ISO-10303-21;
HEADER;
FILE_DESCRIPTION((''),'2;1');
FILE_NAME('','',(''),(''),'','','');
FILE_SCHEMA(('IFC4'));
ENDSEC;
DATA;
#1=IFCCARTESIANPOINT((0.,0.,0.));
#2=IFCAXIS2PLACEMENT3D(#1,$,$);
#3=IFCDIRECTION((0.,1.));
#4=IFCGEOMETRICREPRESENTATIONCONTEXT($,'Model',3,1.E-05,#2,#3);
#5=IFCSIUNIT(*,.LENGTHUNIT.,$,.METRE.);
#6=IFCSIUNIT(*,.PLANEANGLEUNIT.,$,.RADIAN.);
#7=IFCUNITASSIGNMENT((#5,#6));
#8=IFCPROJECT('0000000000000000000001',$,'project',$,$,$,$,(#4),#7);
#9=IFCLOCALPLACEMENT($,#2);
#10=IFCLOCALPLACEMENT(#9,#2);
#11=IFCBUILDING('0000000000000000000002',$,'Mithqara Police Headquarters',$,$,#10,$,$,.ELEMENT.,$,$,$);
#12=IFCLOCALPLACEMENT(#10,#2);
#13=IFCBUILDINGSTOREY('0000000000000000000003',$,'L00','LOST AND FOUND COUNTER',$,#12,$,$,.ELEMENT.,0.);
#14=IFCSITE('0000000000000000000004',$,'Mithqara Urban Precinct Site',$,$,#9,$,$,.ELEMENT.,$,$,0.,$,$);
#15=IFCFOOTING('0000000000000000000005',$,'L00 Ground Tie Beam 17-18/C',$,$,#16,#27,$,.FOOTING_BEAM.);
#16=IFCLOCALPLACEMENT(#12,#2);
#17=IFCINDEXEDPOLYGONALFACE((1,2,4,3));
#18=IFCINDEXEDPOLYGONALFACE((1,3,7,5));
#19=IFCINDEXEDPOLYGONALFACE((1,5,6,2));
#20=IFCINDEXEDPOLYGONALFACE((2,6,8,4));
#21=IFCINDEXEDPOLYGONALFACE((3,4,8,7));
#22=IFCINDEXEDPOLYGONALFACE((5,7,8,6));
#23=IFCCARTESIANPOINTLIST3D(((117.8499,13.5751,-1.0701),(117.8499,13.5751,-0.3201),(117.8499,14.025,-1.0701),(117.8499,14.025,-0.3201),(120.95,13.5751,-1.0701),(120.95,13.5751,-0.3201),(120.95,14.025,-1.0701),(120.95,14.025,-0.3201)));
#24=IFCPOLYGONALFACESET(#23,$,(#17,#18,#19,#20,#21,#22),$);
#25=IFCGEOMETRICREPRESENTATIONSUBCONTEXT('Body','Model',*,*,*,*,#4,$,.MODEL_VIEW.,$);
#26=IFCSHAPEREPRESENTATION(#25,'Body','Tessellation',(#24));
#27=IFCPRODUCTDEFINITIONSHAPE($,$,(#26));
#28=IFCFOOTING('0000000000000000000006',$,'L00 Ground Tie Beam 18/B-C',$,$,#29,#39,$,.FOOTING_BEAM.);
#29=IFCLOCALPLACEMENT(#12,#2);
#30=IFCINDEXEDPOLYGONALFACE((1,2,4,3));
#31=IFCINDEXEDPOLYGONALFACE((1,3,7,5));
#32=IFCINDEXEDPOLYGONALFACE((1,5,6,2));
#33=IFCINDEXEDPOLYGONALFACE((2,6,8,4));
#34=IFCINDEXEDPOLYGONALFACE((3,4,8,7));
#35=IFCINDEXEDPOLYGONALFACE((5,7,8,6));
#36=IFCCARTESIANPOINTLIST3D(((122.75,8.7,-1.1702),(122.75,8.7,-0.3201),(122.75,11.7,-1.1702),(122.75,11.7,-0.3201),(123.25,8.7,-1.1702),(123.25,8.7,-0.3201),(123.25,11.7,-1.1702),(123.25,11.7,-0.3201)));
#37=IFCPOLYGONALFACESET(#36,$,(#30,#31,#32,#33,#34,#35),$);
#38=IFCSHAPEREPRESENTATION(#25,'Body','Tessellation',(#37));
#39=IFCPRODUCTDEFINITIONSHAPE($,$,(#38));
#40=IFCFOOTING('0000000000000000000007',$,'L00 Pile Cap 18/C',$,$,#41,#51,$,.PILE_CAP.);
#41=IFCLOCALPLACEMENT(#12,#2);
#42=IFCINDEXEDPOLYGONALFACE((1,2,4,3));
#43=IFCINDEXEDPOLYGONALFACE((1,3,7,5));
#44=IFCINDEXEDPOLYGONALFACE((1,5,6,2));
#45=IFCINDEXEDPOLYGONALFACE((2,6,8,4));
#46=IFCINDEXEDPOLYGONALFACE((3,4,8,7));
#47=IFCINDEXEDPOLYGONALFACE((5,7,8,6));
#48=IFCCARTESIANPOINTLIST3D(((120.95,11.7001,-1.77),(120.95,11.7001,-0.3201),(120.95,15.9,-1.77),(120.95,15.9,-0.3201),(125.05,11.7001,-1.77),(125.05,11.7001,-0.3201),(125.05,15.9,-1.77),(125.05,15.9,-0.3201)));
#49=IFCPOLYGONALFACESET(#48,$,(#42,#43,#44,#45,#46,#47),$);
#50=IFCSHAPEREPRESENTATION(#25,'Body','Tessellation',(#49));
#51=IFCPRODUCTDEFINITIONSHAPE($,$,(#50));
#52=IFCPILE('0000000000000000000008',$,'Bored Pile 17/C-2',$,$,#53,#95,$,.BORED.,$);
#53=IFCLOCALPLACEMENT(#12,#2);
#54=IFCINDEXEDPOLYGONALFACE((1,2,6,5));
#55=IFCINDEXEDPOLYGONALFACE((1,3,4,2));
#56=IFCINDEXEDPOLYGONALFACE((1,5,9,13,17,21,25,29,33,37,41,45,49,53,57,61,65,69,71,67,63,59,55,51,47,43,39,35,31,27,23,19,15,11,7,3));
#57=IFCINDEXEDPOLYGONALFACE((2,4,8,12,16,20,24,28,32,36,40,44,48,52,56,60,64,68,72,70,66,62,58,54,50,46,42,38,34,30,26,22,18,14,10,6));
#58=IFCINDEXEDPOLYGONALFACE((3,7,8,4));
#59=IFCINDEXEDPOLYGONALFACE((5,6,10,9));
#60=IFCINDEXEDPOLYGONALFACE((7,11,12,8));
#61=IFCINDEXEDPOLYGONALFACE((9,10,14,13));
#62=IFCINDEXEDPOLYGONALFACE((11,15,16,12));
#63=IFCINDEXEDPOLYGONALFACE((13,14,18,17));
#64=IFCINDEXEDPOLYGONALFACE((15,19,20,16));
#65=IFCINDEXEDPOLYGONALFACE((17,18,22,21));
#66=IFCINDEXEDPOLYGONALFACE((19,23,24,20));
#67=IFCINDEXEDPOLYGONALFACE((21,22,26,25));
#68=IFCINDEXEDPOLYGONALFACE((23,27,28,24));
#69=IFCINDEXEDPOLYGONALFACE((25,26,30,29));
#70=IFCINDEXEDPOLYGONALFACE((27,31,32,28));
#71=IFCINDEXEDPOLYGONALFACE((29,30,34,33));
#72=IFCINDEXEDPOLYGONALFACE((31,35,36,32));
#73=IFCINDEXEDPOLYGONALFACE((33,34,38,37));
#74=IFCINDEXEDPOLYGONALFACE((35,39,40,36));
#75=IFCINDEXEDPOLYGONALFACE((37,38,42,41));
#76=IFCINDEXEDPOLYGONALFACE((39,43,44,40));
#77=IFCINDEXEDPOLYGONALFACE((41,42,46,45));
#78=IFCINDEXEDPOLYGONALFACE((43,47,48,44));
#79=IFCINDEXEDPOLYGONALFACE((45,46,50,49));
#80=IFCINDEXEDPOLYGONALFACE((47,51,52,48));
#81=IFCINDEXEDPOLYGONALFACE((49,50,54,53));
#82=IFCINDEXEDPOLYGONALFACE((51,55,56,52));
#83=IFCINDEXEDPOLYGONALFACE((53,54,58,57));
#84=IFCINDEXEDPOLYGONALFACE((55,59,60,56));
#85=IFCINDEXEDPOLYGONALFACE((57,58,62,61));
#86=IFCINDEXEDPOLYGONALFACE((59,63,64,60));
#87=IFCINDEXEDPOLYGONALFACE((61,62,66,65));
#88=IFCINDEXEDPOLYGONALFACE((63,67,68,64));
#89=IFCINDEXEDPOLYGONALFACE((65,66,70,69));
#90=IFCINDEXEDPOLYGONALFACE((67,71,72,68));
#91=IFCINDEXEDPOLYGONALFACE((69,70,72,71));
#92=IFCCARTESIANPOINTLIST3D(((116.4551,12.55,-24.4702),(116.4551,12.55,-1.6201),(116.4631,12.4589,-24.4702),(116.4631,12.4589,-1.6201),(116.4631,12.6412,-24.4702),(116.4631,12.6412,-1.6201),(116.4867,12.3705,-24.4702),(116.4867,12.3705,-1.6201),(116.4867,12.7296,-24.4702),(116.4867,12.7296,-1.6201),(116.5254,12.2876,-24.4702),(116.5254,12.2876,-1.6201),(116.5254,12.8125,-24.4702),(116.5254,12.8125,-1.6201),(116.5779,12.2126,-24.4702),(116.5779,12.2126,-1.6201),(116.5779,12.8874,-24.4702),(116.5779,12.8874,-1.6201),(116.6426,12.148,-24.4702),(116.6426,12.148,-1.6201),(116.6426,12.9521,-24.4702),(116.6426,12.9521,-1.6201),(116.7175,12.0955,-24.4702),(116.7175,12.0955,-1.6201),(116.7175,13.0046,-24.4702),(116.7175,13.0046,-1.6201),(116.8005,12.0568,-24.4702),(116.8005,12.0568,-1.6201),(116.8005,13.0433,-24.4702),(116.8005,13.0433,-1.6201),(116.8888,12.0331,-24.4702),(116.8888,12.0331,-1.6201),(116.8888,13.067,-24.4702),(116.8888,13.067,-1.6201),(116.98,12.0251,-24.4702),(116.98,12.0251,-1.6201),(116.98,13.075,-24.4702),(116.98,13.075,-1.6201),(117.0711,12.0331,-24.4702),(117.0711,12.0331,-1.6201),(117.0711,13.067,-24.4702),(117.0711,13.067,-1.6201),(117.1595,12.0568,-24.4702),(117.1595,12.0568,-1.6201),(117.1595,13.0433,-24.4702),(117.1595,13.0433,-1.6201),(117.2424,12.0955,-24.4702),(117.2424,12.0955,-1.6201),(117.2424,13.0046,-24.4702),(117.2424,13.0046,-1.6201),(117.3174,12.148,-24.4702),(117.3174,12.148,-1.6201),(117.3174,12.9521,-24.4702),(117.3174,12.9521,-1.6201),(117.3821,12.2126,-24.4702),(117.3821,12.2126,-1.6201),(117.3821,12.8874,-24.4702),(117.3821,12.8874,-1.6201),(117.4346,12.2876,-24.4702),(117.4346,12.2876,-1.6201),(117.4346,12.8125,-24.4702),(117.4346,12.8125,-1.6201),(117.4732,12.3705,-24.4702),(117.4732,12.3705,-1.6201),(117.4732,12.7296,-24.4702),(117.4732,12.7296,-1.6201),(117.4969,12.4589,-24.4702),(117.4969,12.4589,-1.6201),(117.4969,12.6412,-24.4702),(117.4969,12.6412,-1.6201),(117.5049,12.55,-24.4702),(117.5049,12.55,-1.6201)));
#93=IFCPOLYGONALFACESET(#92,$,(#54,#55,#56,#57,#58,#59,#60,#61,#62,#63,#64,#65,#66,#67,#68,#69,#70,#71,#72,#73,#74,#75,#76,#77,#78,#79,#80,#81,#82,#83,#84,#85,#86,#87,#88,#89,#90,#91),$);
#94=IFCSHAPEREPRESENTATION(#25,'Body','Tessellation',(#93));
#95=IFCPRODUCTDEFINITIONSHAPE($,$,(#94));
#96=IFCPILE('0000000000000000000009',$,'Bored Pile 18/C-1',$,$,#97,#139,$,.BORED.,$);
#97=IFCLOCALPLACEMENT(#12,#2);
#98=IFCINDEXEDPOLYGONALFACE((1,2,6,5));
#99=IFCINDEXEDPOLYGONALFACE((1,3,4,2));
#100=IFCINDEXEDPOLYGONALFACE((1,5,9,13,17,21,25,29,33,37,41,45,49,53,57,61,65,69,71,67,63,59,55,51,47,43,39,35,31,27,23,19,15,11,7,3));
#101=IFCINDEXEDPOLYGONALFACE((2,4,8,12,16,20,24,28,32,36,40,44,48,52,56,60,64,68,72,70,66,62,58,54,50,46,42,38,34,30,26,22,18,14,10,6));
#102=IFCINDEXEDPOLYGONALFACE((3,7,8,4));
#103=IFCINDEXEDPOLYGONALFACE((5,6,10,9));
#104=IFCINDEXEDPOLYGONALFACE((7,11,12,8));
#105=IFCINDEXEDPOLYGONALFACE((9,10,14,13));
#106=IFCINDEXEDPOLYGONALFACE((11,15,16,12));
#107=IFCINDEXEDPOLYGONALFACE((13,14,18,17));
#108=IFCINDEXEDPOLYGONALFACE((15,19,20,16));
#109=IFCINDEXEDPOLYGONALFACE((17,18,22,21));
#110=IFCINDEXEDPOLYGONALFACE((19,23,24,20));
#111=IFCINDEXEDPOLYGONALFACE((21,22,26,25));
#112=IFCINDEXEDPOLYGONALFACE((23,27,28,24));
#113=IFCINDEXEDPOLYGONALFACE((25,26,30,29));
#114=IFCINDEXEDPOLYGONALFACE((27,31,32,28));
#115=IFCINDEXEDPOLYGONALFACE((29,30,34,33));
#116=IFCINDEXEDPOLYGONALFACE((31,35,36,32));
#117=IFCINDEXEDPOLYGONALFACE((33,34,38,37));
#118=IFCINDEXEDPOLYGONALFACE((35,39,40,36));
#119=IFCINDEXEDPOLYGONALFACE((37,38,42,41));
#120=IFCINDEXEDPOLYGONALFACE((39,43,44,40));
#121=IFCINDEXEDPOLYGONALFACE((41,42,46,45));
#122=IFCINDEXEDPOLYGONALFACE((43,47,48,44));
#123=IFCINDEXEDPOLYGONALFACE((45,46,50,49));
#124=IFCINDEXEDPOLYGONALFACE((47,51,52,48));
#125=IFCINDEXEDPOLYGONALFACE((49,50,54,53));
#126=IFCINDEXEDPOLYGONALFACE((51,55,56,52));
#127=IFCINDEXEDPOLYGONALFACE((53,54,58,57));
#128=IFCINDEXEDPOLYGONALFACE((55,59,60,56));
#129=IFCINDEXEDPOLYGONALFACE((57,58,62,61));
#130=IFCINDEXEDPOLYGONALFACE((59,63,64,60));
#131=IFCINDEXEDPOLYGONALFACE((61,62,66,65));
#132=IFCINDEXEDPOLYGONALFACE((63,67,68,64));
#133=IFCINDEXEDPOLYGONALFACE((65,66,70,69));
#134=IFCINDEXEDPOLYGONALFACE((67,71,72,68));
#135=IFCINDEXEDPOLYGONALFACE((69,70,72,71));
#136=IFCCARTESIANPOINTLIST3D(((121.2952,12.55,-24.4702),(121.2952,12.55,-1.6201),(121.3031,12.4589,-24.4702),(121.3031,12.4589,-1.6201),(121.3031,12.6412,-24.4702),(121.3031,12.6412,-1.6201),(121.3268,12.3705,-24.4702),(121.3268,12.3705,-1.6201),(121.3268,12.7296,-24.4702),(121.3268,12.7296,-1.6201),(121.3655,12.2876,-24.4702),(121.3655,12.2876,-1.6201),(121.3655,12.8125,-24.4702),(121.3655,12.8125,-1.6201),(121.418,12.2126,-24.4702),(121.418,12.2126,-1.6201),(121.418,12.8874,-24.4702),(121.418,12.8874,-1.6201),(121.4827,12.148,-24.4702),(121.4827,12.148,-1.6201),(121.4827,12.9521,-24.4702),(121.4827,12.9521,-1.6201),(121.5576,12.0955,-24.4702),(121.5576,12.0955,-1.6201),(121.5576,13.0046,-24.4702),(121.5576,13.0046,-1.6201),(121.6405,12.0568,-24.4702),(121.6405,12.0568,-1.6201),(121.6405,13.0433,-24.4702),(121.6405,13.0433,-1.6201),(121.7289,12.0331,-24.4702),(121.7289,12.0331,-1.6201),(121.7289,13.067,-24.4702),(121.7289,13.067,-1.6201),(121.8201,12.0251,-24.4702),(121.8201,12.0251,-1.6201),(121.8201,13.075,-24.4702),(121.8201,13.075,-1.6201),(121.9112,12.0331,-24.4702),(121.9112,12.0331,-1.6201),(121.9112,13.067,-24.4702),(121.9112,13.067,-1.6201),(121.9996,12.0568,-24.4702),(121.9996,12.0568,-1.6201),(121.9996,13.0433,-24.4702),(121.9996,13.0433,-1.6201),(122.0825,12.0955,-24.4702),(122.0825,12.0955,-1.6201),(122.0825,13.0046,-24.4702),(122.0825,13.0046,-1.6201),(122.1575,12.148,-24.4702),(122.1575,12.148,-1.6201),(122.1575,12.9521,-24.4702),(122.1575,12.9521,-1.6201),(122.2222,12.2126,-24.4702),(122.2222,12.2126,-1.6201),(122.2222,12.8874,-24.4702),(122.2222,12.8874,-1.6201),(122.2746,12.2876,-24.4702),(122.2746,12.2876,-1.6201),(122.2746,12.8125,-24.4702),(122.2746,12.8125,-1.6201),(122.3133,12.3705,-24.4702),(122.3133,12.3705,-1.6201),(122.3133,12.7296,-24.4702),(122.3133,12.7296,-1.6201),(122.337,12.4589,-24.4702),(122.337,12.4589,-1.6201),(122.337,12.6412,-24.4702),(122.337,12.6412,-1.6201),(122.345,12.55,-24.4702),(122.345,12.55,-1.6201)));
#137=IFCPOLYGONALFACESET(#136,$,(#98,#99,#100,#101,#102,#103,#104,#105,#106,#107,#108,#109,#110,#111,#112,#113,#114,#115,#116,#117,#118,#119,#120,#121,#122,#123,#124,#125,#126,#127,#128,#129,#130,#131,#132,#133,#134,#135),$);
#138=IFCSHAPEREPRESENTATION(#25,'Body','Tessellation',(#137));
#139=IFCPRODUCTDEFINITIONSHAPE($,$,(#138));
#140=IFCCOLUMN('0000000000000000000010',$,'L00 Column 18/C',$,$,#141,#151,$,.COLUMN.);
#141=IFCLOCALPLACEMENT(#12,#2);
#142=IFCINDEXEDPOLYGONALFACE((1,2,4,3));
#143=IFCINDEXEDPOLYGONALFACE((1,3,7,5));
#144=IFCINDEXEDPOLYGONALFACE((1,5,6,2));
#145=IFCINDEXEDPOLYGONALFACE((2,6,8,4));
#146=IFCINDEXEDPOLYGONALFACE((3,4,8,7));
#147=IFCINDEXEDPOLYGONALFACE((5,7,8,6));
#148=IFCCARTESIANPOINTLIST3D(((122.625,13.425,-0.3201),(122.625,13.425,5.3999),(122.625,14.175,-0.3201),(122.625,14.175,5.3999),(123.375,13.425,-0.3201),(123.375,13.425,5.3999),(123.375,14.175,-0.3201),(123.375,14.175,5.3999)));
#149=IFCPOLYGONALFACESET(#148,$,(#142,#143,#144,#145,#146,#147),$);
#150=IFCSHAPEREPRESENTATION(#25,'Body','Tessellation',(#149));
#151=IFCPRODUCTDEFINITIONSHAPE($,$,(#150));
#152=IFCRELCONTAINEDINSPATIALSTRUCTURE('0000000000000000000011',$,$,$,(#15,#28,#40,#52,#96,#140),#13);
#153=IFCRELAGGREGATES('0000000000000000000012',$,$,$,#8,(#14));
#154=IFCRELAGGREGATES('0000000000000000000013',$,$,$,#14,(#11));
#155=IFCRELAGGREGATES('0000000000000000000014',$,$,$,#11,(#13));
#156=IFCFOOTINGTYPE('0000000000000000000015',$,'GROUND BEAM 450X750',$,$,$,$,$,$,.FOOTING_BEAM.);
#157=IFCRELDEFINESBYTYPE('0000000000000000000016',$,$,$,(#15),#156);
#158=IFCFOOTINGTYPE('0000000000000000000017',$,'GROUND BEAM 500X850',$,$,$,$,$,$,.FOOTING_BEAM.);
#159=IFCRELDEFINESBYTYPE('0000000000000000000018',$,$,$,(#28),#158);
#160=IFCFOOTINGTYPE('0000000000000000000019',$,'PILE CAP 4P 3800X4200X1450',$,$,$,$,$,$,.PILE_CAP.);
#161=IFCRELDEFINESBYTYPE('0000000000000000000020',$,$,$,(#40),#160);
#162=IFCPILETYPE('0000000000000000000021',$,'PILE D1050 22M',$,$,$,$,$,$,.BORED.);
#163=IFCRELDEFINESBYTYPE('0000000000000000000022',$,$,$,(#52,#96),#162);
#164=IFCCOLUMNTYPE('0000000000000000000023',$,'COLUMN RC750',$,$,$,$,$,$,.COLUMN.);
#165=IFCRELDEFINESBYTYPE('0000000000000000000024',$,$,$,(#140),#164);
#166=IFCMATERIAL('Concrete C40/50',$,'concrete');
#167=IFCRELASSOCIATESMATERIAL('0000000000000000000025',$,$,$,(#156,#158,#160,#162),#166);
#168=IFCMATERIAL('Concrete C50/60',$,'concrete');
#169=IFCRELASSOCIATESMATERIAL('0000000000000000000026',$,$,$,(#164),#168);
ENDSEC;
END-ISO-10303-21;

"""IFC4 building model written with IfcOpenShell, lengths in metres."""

from ifc_helpers import new_model, si_unit, direction, frame, origin, origin_2d, place, context, subcontext, project, spatial, rectangle, circle, extrude, material, material_profile, profile_set, type_object, element, save


model = new_model("IFC4")

# Units and contexts
model_context = context("Model", 3, precision=1e-05, world=origin(), true_north=direction((0.0, 1.0)))
body_context = subcontext(model_context, "Body", "Model", "MODEL_VIEW")
ifc_project = project(units=[si_unit("LENGTHUNIT", "METRE"), si_unit("PLANEANGLEUNIT", "RADIAN")], contexts=[model_context])

# Site, building, storey
site_placement = place(None, origin())
site = spatial("IfcSite", under=ifc_project, at=site_placement, Name="Mithqara Urban Precinct Site", CompositionType="ELEMENT", RefElevation=0.0)
building_placement = place(site_placement, origin())
building = spatial("IfcBuilding", under=site, at=building_placement, Name="Mithqara Police Headquarters", CompositionType="ELEMENT")
storey_placement = place(building_placement, origin())
storey = spatial("IfcBuildingStorey", under=building, at=storey_placement, Name="L00", Description="LOST AND FOUND COUNTER", CompositionType="ELEMENT", Elevation=0.0)

# Footings
ifc_material_1 = material(Name="Concrete C40/50", Category="concrete")
footing_type_1 = type_object("IfcFootingType", Name="GROUND BEAM 450X750", PredefinedType="FOOTING_BEAM", material=ifc_material_1)
footing_1_placement = place(storey_placement, frame((119.3999, 13.8, -1.0701), z_axis=(0.0, 0.0, 1.0), x_axis=(1.0, 0.0, 0.0)))
element("IfcFooting", 1, at=footing_1_placement, inside=storey, type_object=footing_type_1, Name="L00 Ground Tie Beam 17-18/C", PredefinedType="FOOTING_BEAM", context=body_context, shape_type="SweptSolid", body=[
    extrude(rectangle(XDim=3.1001, YDim=0.45, at=origin_2d()), origin(), (0.0, 0.0, 1.0), 0.75),
])
footing_type_2 = type_object("IfcFootingType", Name="GROUND BEAM 500X850", PredefinedType="FOOTING_BEAM", material=ifc_material_1)
footing_2_placement = place(storey_placement, frame((123.0, 10.2, -1.1702), z_axis=(0.0, 0.0, 1.0), x_axis=(1.0, 0.0, 0.0)))
element("IfcFooting", 2, at=footing_2_placement, inside=storey, type_object=footing_type_2, Name="L00 Ground Tie Beam 18/B-C", PredefinedType="FOOTING_BEAM", context=body_context, shape_type="SweptSolid", body=[
    extrude(rectangle(XDim=0.5, YDim=3.0, at=origin_2d()), origin(), (0.0, 0.0, 1.0), 0.8501),
])
footing_type_3 = type_object("IfcFootingType", Name="PILE CAP 4P 3800X4200X1450", PredefinedType="PILE_CAP", material=ifc_material_1)
footing_3_placement = place(storey_placement, frame((123.0, 13.8, -1.77), z_axis=(0.0, 0.0, 1.0), x_axis=(1.0, 0.0, 0.0)))
element("IfcFooting", 3, at=footing_3_placement, inside=storey, type_object=footing_type_3, Name="L00 Pile Cap 18/C", PredefinedType="PILE_CAP", context=body_context, shape_type="SweptSolid", body=[
    extrude(rectangle(XDim=4.1001, YDim=4.2, at=origin_2d()), origin(), (0.0, 0.0, 1.0), 1.45),
])

# Piles
ifc_material_profile_1 = material_profile(ifc_material_1, circle(Radius=0.5249, at=origin_2d()), Name="PILE D1050")
ifc_profile_set_1 = profile_set([ifc_material_profile_1], Name="Concrete C40/50")
pile_type = type_object("IfcPileType", Name="PILE D1050 22M", PredefinedType="BORED", material=ifc_profile_set_1)
for number, where, z_axis, x_axis, name in (
    (4, (116.98, 12.55, -1.6201), (0.0, 0.0, -1.0), (1.0, 0.0, 0.0), "Bored Pile 17/C-2"),
    (5, (121.8201, 12.55, -1.6201), (0.0, 0.0, -1.0), (1.0, 0.0, 0.0), "Bored Pile 18/C-1"),
):
    element("IfcPile", number, at=place(storey_placement, frame(where, z_axis=z_axis, x_axis=x_axis)), inside=storey, type_object=pile_type, Name=name, PredefinedType="BORED", context=body_context, shape_type="SweptSolid", body=[
        extrude(circle(Radius=0.5249, at=origin_2d()), origin(), (0.0, 0.0, 1.0), 22.8501),
    ])

# Column
ifc_material_2 = material(Name="Concrete C50/60", Category="concrete")
ifc_material_profile_2 = material_profile(ifc_material_2, rectangle(XDim=0.75, YDim=0.75, at=origin_2d()), Name="RC 750x750")
ifc_profile_set_2 = profile_set([ifc_material_profile_2], Name="Concrete C50/60")
column_type = type_object("IfcColumnType", Name="COLUMN RC750", PredefinedType="COLUMN", material=ifc_profile_set_2)
column_placement = place(storey_placement, frame((123.0, 13.8, -0.3201), z_axis=(0.0, 0.0, 1.0), x_axis=(1.0, 0.0, 0.0)))
element("IfcColumn", 6, at=column_placement, inside=storey, type_object=column_type, Name="L00 Column 18/C", PredefinedType="COLUMN", context=body_context, shape_type="SweptSolid", body=[
    extrude(rectangle(XDim=0.75, YDim=0.75, at=origin_2d()), origin(), (0.0, 0.0, 1.0), 5.72),
])

save(model, "model.ifc")
